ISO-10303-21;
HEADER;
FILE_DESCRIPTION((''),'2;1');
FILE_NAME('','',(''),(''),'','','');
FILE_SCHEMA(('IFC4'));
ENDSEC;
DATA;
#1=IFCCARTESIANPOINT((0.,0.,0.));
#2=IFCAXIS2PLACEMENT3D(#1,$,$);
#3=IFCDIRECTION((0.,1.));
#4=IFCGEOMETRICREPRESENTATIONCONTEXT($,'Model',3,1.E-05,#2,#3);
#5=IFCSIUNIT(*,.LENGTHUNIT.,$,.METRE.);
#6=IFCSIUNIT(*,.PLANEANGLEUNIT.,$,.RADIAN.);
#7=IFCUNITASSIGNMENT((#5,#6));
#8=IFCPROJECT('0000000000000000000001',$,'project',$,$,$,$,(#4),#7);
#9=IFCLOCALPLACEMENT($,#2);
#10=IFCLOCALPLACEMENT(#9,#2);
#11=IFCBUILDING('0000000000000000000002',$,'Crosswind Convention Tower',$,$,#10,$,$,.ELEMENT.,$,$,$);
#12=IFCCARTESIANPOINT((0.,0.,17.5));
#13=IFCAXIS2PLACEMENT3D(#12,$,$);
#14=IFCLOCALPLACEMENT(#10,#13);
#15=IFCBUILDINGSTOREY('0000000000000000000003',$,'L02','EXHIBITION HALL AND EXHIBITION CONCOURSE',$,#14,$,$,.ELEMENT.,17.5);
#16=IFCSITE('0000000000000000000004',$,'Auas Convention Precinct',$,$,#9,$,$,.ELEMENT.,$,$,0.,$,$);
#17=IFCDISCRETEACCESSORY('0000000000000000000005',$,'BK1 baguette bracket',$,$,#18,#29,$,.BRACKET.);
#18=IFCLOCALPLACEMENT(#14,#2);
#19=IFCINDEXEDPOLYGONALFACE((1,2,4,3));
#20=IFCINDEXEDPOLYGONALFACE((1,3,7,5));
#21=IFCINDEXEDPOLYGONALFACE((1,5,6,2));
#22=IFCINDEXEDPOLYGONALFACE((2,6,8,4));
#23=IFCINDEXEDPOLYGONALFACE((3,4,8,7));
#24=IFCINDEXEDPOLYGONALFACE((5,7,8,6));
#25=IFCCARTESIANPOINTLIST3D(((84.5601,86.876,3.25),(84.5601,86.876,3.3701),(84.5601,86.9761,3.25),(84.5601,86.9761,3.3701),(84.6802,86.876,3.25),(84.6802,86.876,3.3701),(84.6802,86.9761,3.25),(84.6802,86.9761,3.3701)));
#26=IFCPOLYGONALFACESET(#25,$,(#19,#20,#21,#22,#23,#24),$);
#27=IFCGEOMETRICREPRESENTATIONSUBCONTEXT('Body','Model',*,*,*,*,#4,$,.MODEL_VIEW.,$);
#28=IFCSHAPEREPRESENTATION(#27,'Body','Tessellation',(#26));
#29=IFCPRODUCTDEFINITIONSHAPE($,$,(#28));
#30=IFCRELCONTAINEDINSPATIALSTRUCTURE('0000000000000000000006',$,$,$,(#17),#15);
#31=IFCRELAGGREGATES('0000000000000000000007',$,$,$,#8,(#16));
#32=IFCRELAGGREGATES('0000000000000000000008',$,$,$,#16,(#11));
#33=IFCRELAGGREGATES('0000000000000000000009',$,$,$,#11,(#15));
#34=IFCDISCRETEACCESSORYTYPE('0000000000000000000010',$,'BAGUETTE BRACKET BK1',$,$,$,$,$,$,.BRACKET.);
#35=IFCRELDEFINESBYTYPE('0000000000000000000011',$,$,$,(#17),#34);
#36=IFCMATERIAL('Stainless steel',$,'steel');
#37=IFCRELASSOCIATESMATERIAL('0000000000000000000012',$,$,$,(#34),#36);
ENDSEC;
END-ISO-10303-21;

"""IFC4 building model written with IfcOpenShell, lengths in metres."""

from ifc_helpers import new_model, si_unit, direction, frame, origin, origin_2d, place, context, subcontext, project, spatial, rectangle, extrude, material, type_object, element, save


model = new_model("IFC4")

# Units and contexts
model_context = context("Model", 3, precision=1e-05, world=origin(), true_north=direction((0.0, 1.0)))
body_context = subcontext(model_context, "Body", "Model", "MODEL_VIEW")
ifc_project = project(units=[si_unit("LENGTHUNIT", "METRE"), si_unit("PLANEANGLEUNIT", "RADIAN")], contexts=[model_context])

# Site, building, storey
site_placement = place(None, origin())
site = spatial("IfcSite", under=ifc_project, at=site_placement, Name="Auas Convention Precinct", CompositionType="ELEMENT", RefElevation=0.0)
building_placement = place(site_placement, origin())
building = spatial("IfcBuilding", under=site, at=building_placement, Name="Crosswind Convention Tower", CompositionType="ELEMENT")
storey_placement = place(building_placement, frame((0.0, 0.0, 17.5)))
storey = spatial("IfcBuildingStorey", under=building, at=storey_placement, Name="L02", Description="EXHIBITION HALL AND EXHIBITION CONCOURSE", CompositionType="ELEMENT", Elevation=17.5)

# Shared definitions
ifc_material_1 = material(Name="Stainless steel", Category="steel")

# Discrete accessory
discrete_accessory_type = type_object("IfcDiscreteAccessoryType", Name="BAGUETTE BRACKET BK1", PredefinedType="BRACKET", material=ifc_material_1)
discrete_accessory_placement = place(storey_placement, frame((84.6201, 86.926, 3.25), z_axis=(0.0, 0.0, 1.0), x_axis=(1.0, 0.0, 0.0)))
element("IfcDiscreteAccessory", 1, at=discrete_accessory_placement, inside=storey, type_object=discrete_accessory_type, Name="BK1 baguette bracket", PredefinedType="BRACKET", context=body_context, shape_type="SweptSolid", body=[
    extrude(rectangle(XDim=0.1201, YDim=0.1001, at=origin_2d()), origin(), (0.0, 0.0, 1.0), 0.1201),
])

save(model, "model.ifc")
